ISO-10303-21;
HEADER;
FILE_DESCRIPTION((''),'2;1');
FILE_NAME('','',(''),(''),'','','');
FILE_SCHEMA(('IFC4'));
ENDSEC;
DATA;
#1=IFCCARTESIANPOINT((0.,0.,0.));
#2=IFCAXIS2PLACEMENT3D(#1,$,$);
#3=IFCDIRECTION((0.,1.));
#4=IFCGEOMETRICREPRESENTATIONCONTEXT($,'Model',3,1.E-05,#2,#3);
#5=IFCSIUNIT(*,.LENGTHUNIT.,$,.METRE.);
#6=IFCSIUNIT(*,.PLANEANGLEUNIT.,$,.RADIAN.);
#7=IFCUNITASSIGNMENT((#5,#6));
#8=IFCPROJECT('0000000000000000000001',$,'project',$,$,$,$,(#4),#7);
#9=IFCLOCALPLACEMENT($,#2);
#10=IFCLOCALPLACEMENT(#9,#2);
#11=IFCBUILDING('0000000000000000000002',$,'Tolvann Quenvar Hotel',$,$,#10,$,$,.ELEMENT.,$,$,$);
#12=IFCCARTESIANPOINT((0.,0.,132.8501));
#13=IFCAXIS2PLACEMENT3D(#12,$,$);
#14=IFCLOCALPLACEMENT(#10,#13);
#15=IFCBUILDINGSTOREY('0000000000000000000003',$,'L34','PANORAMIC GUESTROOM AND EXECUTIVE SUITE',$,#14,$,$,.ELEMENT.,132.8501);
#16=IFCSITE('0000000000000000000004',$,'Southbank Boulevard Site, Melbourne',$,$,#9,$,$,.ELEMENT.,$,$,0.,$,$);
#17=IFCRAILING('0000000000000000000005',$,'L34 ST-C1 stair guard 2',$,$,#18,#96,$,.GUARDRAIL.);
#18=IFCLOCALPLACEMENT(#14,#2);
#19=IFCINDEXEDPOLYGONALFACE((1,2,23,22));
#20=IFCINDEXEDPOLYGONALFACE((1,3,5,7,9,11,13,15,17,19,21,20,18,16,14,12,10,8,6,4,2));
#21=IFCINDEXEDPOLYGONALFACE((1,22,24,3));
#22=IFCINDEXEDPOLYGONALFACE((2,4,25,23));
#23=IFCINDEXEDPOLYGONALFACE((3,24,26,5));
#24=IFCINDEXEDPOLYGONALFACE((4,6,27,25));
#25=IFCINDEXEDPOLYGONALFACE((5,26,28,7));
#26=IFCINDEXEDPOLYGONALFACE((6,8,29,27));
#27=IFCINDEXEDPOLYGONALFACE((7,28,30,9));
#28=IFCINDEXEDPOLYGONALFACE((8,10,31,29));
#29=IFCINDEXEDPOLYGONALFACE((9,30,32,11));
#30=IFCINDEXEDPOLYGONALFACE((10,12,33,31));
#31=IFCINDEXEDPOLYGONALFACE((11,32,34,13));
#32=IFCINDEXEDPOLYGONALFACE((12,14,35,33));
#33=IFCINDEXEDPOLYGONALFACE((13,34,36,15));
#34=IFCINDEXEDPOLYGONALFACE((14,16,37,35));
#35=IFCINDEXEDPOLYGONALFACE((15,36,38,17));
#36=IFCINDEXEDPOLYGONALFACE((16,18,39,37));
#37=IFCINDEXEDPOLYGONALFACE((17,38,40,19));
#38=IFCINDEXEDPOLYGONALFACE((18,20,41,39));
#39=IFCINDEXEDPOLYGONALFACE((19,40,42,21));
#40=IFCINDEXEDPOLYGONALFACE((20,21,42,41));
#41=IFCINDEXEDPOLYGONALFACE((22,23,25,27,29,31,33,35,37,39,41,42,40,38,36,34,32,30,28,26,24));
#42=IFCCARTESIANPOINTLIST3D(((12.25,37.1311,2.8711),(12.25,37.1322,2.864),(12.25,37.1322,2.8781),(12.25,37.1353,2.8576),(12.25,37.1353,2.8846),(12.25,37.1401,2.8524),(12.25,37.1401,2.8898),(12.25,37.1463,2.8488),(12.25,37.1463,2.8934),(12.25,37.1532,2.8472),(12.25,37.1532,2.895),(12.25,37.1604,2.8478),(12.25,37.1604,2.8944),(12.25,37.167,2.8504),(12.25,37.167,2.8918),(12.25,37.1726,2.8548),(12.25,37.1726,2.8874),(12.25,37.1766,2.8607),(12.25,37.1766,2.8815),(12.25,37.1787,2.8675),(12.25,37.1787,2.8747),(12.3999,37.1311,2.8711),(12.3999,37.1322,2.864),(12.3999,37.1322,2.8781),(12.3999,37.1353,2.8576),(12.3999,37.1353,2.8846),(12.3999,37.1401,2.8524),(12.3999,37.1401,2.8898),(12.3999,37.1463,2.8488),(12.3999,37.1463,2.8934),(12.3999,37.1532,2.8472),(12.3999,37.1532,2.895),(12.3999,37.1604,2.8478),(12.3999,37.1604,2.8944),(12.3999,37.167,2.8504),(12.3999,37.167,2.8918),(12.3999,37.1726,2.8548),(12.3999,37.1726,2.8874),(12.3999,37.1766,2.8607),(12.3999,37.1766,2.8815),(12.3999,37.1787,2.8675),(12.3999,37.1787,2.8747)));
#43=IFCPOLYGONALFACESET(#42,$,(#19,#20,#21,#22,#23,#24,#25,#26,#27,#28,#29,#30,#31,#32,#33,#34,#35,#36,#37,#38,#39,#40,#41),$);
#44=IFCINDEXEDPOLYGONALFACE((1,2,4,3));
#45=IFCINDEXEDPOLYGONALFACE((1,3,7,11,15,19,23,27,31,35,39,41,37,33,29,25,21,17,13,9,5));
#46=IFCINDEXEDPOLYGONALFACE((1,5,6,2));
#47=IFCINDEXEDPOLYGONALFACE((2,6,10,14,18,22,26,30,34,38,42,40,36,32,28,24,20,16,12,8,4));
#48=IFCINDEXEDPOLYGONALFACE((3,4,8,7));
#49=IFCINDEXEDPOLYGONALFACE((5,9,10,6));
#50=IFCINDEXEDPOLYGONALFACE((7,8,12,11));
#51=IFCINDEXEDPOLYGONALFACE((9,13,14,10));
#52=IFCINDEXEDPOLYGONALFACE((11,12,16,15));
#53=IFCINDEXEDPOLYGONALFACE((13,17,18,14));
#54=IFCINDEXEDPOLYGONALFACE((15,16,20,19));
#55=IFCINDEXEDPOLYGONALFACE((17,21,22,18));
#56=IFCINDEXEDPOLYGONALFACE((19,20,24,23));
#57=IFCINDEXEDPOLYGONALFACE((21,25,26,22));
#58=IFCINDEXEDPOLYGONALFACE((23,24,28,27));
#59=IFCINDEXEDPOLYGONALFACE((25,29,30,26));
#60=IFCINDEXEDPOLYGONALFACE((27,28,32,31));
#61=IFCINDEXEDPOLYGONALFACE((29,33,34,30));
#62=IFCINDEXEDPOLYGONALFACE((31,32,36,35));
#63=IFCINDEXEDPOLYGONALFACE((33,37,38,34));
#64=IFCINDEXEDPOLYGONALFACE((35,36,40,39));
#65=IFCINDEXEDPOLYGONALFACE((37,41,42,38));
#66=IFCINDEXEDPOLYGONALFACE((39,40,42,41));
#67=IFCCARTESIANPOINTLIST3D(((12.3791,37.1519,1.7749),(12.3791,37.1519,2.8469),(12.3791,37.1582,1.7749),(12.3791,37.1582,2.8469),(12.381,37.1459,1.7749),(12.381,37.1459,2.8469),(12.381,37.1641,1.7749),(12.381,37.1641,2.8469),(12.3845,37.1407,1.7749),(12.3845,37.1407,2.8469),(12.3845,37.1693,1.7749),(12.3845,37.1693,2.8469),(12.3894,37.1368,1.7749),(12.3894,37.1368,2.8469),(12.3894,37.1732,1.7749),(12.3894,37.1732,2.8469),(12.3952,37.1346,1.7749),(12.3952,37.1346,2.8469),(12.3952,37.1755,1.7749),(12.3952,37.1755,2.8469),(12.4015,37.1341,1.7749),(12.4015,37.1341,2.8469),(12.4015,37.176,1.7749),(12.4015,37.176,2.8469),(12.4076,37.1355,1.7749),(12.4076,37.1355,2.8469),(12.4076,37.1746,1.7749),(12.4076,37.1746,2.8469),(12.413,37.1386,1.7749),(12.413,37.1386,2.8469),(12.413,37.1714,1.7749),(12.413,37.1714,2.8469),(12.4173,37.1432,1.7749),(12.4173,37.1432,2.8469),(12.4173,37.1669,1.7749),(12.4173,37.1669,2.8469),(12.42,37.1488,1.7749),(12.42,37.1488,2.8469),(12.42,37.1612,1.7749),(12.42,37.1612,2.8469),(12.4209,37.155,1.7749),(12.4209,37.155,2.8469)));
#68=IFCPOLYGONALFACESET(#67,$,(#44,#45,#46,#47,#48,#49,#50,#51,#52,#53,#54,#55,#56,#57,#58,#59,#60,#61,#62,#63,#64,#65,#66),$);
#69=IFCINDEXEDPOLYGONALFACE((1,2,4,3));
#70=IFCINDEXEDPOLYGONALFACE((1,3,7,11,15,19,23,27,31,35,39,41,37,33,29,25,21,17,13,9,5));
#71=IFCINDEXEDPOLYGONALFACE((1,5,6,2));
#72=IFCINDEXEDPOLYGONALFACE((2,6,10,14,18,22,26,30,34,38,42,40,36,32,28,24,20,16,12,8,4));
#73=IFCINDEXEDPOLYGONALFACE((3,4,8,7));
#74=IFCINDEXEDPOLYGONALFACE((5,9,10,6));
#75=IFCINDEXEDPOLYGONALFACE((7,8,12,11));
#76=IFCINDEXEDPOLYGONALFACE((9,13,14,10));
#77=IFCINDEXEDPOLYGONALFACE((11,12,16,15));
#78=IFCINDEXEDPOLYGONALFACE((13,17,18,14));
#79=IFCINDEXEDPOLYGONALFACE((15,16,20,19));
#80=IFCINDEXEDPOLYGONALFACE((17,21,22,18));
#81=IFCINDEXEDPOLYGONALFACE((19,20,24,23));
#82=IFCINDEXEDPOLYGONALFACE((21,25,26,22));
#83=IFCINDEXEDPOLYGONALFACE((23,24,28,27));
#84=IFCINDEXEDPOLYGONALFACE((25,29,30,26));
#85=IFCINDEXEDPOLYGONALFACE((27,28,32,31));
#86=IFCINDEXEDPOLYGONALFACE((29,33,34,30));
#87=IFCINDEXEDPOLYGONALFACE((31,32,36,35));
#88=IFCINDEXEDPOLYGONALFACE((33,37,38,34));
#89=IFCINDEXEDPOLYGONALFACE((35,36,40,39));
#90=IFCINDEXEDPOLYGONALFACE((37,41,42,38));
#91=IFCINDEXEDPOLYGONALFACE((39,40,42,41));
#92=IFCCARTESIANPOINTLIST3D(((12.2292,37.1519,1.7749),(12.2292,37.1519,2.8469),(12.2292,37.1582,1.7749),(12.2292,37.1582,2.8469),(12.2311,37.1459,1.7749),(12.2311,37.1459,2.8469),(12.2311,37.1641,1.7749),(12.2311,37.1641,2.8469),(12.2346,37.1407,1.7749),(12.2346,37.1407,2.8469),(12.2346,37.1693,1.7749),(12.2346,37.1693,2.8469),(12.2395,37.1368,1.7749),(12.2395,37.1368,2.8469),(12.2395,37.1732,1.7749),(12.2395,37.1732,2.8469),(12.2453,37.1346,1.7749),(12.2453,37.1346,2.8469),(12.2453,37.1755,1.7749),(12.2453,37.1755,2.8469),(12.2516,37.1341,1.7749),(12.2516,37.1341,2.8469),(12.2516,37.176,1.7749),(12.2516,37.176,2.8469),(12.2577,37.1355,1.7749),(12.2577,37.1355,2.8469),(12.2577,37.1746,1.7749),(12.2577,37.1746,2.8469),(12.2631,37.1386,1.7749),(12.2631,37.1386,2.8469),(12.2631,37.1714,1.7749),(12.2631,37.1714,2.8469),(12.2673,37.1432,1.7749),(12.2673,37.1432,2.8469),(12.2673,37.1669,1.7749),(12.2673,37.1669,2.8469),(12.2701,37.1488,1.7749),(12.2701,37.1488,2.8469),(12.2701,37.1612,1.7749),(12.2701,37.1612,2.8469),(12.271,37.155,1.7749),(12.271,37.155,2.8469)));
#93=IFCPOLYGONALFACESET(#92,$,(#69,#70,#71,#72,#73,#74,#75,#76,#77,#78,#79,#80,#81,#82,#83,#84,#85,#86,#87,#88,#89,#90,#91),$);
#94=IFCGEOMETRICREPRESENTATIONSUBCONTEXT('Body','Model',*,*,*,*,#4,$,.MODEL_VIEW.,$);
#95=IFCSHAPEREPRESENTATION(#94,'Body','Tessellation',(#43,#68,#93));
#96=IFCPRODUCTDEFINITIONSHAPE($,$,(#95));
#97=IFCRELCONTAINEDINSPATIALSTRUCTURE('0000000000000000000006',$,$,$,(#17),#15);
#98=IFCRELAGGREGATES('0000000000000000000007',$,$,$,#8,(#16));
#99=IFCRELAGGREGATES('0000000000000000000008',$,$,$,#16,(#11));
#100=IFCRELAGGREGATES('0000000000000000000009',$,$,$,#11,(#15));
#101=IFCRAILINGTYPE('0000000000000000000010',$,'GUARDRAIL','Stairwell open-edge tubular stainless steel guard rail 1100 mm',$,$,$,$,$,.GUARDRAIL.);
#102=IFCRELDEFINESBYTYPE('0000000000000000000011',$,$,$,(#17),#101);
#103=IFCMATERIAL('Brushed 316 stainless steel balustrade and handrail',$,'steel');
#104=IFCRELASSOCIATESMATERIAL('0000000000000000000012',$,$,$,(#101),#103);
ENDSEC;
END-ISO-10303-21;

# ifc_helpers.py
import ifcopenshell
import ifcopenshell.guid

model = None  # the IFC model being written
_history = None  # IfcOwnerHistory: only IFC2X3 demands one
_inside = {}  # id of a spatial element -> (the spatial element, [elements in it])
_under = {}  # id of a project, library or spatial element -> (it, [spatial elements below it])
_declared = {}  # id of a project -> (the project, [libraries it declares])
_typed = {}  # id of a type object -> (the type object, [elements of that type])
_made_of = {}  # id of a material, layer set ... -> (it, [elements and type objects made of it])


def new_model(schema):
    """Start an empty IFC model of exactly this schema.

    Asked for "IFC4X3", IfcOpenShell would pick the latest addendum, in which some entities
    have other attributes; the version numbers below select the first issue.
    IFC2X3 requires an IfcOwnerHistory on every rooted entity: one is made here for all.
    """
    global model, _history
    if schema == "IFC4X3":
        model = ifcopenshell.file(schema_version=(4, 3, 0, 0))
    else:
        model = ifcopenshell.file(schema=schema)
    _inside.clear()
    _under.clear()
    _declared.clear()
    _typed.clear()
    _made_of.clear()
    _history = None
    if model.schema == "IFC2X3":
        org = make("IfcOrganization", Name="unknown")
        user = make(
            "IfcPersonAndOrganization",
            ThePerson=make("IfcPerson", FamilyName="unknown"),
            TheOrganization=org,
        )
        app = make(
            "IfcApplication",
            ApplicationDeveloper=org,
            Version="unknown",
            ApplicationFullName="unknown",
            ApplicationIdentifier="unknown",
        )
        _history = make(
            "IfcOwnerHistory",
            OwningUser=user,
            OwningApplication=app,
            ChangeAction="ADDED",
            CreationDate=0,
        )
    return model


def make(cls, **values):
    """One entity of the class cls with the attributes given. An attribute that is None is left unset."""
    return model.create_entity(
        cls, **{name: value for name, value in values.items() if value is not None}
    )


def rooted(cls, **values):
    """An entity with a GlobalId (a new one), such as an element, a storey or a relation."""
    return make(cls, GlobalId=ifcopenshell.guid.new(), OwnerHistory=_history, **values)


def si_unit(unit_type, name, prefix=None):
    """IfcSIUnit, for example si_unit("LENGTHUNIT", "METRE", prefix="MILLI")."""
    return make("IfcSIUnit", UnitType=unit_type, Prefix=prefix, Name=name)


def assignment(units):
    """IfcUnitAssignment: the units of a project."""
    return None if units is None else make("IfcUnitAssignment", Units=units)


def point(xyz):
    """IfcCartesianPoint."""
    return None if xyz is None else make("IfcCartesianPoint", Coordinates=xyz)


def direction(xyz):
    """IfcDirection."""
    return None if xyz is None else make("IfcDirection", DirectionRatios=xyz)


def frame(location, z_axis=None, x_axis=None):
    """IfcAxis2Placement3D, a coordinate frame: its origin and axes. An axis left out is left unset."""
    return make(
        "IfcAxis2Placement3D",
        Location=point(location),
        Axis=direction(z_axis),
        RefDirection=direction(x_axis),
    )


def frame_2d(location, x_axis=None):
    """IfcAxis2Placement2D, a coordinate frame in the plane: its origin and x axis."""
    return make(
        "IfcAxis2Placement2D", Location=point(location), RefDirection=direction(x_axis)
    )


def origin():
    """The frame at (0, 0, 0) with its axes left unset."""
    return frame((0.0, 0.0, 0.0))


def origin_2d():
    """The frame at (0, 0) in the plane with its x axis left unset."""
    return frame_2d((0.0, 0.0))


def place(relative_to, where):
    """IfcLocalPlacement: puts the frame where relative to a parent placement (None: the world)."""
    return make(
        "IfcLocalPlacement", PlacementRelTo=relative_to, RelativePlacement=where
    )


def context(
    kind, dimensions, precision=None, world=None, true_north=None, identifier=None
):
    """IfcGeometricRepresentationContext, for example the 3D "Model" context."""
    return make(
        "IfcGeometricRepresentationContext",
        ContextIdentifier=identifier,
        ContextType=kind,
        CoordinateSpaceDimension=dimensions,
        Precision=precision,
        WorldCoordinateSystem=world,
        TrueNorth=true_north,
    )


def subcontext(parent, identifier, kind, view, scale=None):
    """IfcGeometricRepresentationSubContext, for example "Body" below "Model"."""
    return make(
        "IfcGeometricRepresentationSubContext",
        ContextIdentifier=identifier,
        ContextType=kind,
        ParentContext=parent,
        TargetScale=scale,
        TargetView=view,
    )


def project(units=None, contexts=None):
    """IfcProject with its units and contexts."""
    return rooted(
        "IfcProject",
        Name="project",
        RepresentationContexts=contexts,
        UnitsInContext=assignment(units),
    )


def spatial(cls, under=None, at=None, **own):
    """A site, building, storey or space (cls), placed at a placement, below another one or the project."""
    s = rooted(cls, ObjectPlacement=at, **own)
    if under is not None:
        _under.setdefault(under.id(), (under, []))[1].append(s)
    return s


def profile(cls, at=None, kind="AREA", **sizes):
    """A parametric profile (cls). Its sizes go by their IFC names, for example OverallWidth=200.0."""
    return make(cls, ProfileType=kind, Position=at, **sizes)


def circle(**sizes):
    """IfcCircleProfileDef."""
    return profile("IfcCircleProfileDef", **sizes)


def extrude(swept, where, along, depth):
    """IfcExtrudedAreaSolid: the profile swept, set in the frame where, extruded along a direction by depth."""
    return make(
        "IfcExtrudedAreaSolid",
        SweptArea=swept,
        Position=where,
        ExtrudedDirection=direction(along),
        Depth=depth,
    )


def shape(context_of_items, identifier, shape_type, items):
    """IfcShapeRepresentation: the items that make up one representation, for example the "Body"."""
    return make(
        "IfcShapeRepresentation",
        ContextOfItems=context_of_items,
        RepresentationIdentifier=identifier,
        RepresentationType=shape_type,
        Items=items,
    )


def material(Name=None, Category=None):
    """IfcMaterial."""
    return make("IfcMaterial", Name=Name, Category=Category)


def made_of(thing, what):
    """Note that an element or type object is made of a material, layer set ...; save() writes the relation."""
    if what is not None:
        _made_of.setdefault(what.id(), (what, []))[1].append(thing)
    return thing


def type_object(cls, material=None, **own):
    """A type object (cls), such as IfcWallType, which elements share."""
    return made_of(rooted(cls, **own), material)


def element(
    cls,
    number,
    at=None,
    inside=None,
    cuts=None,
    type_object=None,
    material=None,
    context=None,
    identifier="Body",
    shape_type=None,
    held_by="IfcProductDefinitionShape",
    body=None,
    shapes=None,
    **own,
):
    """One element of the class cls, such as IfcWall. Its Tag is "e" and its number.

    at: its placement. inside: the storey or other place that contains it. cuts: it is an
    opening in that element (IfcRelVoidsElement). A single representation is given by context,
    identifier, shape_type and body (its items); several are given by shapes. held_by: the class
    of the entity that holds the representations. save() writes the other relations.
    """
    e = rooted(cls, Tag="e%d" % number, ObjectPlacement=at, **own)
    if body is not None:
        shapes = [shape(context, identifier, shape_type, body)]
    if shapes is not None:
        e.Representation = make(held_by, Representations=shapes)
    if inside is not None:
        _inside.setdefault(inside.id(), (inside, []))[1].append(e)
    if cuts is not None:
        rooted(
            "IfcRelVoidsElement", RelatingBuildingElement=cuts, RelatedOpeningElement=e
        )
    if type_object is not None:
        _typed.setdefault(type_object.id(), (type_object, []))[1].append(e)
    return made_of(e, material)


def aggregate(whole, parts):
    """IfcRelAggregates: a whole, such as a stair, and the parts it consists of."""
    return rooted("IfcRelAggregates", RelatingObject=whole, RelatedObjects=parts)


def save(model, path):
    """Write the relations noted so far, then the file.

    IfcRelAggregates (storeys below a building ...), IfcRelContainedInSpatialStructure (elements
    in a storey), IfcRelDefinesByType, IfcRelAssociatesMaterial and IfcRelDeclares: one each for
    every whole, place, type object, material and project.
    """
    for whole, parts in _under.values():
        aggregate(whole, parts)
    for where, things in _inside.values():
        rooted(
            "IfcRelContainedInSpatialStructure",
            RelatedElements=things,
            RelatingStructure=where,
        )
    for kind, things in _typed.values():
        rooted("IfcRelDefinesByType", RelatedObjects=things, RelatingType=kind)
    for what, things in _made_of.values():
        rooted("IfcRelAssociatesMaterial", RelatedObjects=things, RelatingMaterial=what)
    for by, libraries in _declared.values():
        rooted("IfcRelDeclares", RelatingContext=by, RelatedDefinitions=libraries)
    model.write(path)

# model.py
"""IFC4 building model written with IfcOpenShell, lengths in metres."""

from ifc_helpers import new_model, si_unit, direction, frame, origin, origin_2d, place, context, subcontext, project, spatial, circle, extrude, material, type_object, element, save


model = new_model("IFC4")

# Units and contexts
model_context = context("Model", 3, precision=1e-05, world=origin(), true_north=direction((0.0, 1.0)))
body_context = subcontext(model_context, "Body", "Model", "MODEL_VIEW")
ifc_project = project(units=[si_unit("LENGTHUNIT", "METRE"), si_unit("PLANEANGLEUNIT", "RADIAN")], contexts=[model_context])

# Site, building, storey
site_placement = place(None, origin())
site = spatial("IfcSite", under=ifc_project, at=site_placement, Name="Southbank Boulevard Site, Melbourne", CompositionType="ELEMENT", RefElevation=0.0)
building_placement = place(site_placement, origin())
building = spatial("IfcBuilding", under=site, at=building_placement, Name="Tolvann Quenvar Hotel", CompositionType="ELEMENT")
storey_placement = place(building_placement, frame((0.0, 0.0, 132.8501)))
storey = spatial("IfcBuildingStorey", under=building, at=storey_placement, Name="L34", Description="PANORAMIC GUESTROOM AND EXECUTIVE SUITE", CompositionType="ELEMENT", Elevation=132.8501)

# Railing
ifc_material_1 = material(Name="Brushed 316 stainless steel balustrade and handrail", Category="steel")
railing_type_1 = type_object("IfcRailingType", Name="GUARDRAIL", Description="Stairwell open-edge tubular stainless steel guard rail 1100 mm", PredefinedType="GUARDRAIL", material=ifc_material_1)
railing_1_placement = place(storey_placement, frame((12.3999, 37.155, 1.7749)))
element("IfcRailing", 1, at=railing_1_placement, inside=storey, type_object=railing_type_1, Name="L34 ST-C1 stair guard 2", PredefinedType="GUARDRAIL", context=body_context, shape_type="SweptSolid", body=[
    extrude(circle(Radius=0.0239, at=origin_2d()), frame((0.0, 0.0, 1.0962), z_axis=(-1.0, 0.0, 0.0), x_axis=(0.0, -1.0, 0.0)), (0.0, 0.0, 1.0), 0.1499),
    extrude(circle(Radius=0.021, at=origin_2d()), origin(), (0.0, 0.0, 1.0), 1.072),
    extrude(circle(Radius=0.021, at=origin_2d()), frame((-0.1499, 0.0, 0.0)), (0.0, 0.0, 1.0), 1.072),
])

save(model, "model.ifc")
